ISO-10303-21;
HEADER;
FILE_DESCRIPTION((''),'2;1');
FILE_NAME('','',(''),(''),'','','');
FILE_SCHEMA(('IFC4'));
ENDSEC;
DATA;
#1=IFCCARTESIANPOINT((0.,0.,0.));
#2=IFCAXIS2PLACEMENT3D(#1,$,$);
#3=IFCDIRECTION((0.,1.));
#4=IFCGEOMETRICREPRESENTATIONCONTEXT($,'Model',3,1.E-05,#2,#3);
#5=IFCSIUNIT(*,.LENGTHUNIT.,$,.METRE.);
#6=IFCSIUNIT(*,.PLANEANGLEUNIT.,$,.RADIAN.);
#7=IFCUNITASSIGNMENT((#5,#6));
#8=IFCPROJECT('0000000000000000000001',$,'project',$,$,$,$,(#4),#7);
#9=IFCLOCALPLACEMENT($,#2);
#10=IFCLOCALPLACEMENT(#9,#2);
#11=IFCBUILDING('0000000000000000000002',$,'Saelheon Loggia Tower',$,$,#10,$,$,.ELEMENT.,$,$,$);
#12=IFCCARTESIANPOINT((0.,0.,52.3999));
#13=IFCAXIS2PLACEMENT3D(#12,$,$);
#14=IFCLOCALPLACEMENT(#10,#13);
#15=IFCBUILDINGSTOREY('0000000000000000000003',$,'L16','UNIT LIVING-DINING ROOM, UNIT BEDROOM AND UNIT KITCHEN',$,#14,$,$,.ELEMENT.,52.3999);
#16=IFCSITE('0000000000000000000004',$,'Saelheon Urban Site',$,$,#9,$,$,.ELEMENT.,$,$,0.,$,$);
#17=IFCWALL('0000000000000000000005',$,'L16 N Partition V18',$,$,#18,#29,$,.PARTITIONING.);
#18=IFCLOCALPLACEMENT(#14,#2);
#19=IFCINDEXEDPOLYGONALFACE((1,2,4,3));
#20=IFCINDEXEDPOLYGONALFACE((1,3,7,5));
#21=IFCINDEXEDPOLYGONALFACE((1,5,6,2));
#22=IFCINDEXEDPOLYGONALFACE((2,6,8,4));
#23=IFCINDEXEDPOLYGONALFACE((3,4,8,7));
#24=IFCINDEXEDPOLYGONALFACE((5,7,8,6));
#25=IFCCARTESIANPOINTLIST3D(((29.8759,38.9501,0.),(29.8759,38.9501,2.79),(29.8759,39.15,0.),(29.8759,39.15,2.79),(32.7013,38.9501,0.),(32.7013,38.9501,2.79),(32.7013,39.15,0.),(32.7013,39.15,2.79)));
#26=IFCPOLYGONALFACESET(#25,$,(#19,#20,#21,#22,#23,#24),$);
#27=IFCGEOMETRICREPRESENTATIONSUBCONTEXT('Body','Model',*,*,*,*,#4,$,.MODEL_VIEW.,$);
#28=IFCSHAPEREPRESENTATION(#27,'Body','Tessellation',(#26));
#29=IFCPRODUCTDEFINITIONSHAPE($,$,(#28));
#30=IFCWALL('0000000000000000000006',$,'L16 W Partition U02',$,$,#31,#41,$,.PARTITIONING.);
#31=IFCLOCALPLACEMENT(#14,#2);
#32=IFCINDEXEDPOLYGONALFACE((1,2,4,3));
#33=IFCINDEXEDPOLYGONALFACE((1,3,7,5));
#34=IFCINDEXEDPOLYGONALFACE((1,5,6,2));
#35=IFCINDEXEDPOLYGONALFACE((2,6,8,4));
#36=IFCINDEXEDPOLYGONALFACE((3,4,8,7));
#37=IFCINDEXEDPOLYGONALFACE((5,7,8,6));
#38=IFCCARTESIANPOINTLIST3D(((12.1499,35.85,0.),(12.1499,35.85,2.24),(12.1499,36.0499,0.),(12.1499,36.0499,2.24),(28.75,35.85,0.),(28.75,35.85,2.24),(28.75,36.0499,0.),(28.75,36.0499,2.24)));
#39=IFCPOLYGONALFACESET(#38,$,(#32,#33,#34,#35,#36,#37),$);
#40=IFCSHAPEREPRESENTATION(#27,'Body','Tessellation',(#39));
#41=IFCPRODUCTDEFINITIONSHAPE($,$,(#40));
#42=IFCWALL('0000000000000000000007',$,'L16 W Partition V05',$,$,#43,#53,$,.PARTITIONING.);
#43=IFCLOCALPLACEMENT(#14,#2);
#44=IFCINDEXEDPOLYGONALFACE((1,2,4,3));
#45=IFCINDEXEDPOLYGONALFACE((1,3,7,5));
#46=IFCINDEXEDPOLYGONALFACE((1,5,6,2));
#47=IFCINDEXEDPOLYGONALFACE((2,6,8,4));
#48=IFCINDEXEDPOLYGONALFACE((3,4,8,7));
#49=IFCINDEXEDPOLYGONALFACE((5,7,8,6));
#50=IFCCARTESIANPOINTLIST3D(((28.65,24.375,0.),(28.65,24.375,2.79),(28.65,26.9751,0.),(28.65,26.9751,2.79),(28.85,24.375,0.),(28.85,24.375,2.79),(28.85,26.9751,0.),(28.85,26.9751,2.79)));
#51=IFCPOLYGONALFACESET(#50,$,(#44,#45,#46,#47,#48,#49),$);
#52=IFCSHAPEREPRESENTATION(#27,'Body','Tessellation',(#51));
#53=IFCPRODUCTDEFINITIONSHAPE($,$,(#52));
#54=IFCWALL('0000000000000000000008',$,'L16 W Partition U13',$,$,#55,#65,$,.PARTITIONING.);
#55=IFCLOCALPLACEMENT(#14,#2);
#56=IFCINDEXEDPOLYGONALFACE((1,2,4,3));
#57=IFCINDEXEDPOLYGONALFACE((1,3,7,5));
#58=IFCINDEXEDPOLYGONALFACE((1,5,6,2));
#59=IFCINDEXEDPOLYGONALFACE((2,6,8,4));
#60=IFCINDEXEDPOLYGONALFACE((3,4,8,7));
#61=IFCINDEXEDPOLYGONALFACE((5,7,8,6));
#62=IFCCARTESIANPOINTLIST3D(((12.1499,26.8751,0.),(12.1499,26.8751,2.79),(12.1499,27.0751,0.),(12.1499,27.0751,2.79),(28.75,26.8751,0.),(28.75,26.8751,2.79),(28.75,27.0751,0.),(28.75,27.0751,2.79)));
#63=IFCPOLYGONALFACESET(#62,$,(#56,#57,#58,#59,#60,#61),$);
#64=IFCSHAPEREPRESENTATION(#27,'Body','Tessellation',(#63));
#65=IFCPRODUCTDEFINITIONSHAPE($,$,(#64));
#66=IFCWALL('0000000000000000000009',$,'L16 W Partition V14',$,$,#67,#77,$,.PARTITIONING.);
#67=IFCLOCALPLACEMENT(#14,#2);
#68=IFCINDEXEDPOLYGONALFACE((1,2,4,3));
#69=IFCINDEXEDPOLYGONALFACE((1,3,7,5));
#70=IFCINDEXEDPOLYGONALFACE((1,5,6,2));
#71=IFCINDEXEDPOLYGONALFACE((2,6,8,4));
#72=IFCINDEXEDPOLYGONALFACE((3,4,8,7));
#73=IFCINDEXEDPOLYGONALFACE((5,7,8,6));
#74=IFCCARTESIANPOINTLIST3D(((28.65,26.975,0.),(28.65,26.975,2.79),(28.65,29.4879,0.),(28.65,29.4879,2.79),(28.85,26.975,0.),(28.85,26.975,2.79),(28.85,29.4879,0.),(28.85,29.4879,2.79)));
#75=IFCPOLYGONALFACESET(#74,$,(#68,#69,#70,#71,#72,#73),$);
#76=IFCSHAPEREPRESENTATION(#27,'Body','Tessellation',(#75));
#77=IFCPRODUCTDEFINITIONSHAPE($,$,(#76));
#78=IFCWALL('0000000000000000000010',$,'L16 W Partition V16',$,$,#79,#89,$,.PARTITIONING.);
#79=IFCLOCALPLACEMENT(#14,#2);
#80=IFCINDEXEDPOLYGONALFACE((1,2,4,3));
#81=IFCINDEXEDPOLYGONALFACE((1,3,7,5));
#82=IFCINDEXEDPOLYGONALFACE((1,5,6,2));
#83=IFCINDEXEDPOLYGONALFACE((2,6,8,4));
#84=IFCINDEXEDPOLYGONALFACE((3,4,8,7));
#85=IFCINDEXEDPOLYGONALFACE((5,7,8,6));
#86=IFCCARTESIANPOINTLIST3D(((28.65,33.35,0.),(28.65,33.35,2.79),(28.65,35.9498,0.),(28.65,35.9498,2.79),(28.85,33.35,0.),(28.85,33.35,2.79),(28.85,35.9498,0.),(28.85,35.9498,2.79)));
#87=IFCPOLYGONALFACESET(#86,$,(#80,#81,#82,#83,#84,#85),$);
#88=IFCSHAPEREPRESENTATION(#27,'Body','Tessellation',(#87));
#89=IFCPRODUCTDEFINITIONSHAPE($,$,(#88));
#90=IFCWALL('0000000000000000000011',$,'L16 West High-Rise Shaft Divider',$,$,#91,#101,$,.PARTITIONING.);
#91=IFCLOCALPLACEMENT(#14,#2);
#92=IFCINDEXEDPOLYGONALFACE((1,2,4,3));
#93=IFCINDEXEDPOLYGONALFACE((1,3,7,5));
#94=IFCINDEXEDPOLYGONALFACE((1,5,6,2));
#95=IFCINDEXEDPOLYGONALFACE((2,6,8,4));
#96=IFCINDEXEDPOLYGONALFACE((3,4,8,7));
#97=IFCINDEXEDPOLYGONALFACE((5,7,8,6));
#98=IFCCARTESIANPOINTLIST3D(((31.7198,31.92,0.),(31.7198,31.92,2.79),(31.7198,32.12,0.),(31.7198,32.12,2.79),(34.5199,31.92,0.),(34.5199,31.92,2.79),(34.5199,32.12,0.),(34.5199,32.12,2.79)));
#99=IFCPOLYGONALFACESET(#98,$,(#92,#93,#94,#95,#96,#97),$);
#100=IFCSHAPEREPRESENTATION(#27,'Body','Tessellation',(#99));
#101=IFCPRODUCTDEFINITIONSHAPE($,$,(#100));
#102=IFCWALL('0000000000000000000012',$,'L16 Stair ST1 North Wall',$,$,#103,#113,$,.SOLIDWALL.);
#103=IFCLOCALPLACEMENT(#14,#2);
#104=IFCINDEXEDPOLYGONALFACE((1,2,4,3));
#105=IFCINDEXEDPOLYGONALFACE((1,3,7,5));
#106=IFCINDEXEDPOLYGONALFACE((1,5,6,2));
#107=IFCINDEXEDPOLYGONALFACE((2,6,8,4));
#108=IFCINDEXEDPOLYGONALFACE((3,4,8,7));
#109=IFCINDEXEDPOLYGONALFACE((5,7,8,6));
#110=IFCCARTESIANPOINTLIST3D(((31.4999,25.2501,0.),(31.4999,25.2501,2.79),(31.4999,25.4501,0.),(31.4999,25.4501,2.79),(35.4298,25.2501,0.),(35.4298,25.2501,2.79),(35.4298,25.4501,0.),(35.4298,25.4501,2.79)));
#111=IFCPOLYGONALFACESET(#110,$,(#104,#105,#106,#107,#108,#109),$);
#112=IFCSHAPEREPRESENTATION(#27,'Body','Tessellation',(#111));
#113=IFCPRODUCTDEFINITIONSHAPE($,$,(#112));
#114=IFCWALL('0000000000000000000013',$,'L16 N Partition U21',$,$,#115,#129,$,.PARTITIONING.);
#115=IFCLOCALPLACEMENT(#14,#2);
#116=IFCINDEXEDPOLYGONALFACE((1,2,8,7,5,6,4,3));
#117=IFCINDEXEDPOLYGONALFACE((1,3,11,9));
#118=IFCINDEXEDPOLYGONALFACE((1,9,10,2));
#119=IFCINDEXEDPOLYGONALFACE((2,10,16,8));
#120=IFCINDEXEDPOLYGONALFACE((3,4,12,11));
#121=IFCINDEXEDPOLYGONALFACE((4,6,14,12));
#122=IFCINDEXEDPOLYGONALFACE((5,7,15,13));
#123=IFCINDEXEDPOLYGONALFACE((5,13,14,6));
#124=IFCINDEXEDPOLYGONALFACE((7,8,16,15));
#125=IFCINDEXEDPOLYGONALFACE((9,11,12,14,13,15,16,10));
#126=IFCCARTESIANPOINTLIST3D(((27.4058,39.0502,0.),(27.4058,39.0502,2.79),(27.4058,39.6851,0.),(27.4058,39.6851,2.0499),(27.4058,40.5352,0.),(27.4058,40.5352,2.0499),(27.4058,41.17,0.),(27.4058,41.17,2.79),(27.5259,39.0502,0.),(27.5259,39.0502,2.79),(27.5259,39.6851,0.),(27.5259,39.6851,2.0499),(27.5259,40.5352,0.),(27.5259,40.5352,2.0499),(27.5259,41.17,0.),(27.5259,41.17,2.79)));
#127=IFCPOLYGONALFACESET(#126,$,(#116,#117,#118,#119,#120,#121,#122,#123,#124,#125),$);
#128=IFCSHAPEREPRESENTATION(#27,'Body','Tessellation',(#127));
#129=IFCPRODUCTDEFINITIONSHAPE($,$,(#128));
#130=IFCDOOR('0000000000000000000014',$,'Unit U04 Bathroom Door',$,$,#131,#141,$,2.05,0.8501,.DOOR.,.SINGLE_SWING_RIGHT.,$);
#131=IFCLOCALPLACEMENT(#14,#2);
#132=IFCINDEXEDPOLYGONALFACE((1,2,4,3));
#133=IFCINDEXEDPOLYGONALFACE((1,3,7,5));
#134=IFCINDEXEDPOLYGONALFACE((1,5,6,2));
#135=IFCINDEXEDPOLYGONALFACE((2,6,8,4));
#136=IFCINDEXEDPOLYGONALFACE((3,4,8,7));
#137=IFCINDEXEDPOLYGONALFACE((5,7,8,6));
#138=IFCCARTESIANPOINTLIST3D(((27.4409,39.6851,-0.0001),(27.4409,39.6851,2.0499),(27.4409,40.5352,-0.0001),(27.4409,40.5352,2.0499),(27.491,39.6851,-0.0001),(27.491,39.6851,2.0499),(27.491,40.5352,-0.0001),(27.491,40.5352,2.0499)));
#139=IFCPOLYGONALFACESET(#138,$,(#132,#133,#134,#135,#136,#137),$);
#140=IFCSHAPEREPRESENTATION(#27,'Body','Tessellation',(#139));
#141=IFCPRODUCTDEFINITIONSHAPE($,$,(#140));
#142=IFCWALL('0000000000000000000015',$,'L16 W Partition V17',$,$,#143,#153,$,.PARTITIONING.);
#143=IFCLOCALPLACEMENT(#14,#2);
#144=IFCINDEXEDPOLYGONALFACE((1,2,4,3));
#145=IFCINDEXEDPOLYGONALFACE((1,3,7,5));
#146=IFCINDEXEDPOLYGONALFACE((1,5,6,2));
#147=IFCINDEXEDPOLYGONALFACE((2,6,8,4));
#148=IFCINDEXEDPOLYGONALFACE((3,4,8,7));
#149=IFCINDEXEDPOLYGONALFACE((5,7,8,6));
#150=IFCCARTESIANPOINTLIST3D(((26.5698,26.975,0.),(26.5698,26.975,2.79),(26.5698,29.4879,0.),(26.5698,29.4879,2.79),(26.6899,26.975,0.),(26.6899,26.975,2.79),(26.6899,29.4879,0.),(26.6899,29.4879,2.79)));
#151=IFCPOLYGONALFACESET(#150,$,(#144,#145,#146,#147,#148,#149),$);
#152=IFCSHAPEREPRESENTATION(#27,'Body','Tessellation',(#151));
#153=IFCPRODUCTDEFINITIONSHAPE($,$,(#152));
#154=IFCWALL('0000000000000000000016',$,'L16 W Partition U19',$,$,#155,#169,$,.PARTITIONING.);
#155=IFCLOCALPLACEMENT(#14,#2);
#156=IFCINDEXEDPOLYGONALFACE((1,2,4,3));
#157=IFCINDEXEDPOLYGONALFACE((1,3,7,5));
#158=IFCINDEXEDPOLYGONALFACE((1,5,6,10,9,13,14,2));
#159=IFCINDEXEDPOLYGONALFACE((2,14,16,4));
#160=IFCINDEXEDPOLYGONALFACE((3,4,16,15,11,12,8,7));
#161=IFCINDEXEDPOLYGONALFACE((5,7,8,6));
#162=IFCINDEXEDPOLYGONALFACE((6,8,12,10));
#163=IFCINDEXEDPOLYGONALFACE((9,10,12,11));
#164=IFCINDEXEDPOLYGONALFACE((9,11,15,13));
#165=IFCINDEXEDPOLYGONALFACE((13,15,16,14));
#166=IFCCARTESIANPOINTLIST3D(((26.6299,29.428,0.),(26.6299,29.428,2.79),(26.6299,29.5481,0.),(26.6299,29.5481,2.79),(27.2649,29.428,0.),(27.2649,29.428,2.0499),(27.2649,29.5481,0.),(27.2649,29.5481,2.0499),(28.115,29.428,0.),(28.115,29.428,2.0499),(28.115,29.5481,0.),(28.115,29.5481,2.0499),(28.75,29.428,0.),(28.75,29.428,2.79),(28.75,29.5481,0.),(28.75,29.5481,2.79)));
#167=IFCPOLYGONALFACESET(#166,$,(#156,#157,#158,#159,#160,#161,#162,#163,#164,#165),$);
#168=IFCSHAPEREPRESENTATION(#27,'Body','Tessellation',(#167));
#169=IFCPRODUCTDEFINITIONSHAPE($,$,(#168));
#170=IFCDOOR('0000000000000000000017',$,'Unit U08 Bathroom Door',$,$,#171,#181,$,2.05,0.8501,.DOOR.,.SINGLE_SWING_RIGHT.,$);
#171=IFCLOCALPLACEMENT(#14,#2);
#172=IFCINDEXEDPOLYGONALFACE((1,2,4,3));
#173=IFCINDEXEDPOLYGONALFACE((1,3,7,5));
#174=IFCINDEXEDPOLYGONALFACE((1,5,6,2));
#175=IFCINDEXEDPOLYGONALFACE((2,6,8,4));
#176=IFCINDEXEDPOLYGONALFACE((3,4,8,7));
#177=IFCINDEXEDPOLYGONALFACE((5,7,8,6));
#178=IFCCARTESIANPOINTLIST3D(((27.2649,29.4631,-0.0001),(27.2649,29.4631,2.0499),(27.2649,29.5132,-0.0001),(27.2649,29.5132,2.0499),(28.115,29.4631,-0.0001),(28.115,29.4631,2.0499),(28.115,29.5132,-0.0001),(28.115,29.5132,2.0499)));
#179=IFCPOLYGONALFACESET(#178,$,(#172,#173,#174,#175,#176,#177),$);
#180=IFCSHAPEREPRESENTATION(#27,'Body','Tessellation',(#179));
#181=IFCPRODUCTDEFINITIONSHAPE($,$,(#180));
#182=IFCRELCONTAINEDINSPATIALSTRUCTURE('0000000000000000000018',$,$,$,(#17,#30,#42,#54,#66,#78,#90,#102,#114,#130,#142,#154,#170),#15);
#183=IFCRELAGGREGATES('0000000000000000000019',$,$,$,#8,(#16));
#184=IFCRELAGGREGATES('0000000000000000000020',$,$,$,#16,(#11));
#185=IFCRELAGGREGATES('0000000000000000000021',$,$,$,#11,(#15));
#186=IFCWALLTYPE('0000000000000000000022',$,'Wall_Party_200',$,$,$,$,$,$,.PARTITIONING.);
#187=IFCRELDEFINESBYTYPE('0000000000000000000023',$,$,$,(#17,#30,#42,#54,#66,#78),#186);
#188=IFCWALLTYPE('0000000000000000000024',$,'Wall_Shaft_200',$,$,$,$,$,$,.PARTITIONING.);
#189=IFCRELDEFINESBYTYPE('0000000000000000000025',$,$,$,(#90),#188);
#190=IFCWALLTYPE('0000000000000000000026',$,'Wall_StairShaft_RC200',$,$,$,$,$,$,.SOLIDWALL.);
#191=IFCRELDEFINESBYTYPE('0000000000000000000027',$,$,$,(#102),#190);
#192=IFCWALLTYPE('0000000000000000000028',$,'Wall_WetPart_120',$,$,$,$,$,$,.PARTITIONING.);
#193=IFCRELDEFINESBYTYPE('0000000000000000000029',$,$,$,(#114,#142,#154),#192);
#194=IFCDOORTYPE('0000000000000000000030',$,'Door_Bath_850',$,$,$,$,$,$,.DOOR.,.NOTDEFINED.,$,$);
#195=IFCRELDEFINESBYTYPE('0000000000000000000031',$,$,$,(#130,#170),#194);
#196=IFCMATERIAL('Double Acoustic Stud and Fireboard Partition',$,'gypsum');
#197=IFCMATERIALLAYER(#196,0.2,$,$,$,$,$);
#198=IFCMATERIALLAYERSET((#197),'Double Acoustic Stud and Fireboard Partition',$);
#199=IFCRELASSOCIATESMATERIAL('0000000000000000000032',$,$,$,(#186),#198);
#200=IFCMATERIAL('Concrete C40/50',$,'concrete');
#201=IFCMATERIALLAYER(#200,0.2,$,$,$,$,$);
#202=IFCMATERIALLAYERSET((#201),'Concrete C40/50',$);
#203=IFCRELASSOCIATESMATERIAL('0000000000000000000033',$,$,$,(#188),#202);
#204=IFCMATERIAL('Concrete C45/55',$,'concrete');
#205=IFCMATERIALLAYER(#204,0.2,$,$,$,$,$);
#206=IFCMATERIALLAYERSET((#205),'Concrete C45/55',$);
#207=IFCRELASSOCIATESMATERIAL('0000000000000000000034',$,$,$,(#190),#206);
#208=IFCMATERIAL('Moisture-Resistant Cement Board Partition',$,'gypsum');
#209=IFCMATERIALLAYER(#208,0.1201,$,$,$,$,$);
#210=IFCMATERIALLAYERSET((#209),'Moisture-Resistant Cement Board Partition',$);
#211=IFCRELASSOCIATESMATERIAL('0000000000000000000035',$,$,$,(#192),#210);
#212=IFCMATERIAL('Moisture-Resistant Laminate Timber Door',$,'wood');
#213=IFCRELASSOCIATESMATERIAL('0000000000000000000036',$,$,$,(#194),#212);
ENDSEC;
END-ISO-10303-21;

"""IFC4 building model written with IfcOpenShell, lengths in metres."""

from ifc_helpers import new_model, si_unit, direction, frame, frame_2d, origin, place, context, subcontext, project, spatial, rectangle, extrude, source, transform, mapped, material, layer, layer_set, type_object, element, fill, save


model = new_model("IFC4")

# Units and contexts
model_context = context("Model", 3, precision=1e-05, world=origin(), true_north=direction((0.0, 1.0)))
body_context = subcontext(model_context, "Body", "Model", "MODEL_VIEW")
ifc_project = project(units=[si_unit("LENGTHUNIT", "METRE"), si_unit("PLANEANGLEUNIT", "RADIAN")], contexts=[model_context])

# Site, building, storey
site_placement = place(None, origin())
site = spatial("IfcSite", under=ifc_project, at=site_placement, Name="Saelheon Urban Site", CompositionType="ELEMENT", RefElevation=0.0)
building_placement = place(site_placement, origin())
building = spatial("IfcBuilding", under=site, at=building_placement, Name="Saelheon Loggia Tower", CompositionType="ELEMENT")
storey_placement = place(building_placement, frame((0.0, 0.0, 52.3999)))
storey = spatial("IfcBuildingStorey", under=building, at=storey_placement, Name="L16", Description="UNIT LIVING-DINING ROOM, UNIT BEDROOM AND UNIT KITCHEN", CompositionType="ELEMENT", Elevation=52.3999)

# Shared definitions
ifc_material_1 = material(Name="Concrete C45/55", Category="concrete")

# Shared definitions
ifc_material_2 = material(Name="Double Acoustic Stud and Fireboard Partition", Category="gypsum")
ifc_layer_1 = layer(ifc_material_2, 0.2)
ifc_layer_set_1 = layer_set([ifc_layer_1], Name="Double Acoustic Stud and Fireboard Partition")
wall_type_1 = type_object("IfcWallType", Name="Wall_Party_200", PredefinedType="PARTITIONING", material=ifc_layer_set_1)

# Walls
wall_1_placement = place(storey_placement, frame((29.876, 39.05, 0.0), z_axis=(0.0, 0.0, 1.0), x_axis=(1.0, 0.0, 0.0)))
element("IfcWall", 1, at=wall_1_placement, inside=storey, type_object=wall_type_1, Name="L16 N Partition V18", PredefinedType="PARTITIONING", context=body_context, shape_type="SweptSolid", body=[
    extrude(rectangle(XDim=2.8254, YDim=0.2, at=frame_2d((1.4126, 0.0))), origin(), (0.0, 0.0, 1.0), 2.79),
])
wall_2_placement = place(storey_placement, frame((28.75, 35.95, 0.0), z_axis=(0.0, 0.0, 1.0), x_axis=(-1.0, 0.0, 0.0)))
element("IfcWall", 2, at=wall_2_placement, inside=storey, type_object=wall_type_1, Name="L16 W Partition U02", PredefinedType="PARTITIONING", context=body_context, shape_type="SweptSolid", body=[
    extrude(rectangle(XDim=16.6001, YDim=0.2, at=frame_2d((8.3, 0.0))), origin(), (0.0, 0.0, 1.0), 2.24),
])
wall_3_placement = place(storey_placement, frame((28.75, 24.375, 0.0), z_axis=(0.0, 0.0, 1.0), x_axis=(0.0, 1.0, 0.0)))
element("IfcWall", 3, at=wall_3_placement, inside=storey, type_object=wall_type_1, Name="L16 W Partition V05", PredefinedType="PARTITIONING", context=body_context, shape_type="SweptSolid", body=[
    extrude(rectangle(XDim=2.6001, YDim=0.2, at=frame_2d((1.3, 0.0))), origin(), (0.0, 0.0, 1.0), 2.79),
])
wall_4_placement = place(storey_placement, frame((28.75, 26.9751, 0.0), z_axis=(0.0, 0.0, 1.0), x_axis=(-1.0, 0.0, 0.0)))
element("IfcWall", 4, at=wall_4_placement, inside=storey, type_object=wall_type_1, Name="L16 W Partition U13", PredefinedType="PARTITIONING", context=body_context, shape_type="SweptSolid", body=[
    extrude(rectangle(XDim=16.6001, YDim=0.2, at=frame_2d((8.3, 0.0))), origin(), (0.0, 0.0, 1.0), 2.79),
])
wall_5_placement = place(storey_placement, frame((28.75, 26.9751, 0.0), z_axis=(0.0, 0.0, 1.0), x_axis=(0.0, 1.0, 0.0)))
element("IfcWall", 5, at=wall_5_placement, inside=storey, type_object=wall_type_1, Name="L16 W Partition V14", PredefinedType="PARTITIONING", context=body_context, shape_type="SweptSolid", body=[
    extrude(rectangle(XDim=2.5129, YDim=0.2, at=frame_2d((1.2563, 0.0))), origin(), (0.0, 0.0, 1.0), 2.79),
])

# Walls
wall_6_placement = place(storey_placement, frame((28.75, 33.3501, 0.0), z_axis=(0.0, 0.0, 1.0), x_axis=(0.0, 1.0, 0.0)))
element("IfcWall", 6, at=wall_6_placement, inside=storey, type_object=wall_type_1, Name="L16 W Partition V16", PredefinedType="PARTITIONING", context=body_context, shape_type="SweptSolid", body=[
    extrude(rectangle(XDim=2.5999, YDim=0.2, at=frame_2d((1.2998, 0.0))), origin(), (0.0, 0.0, 1.0), 2.79),
])
ifc_material_3 = material(Name="Concrete C40/50", Category="concrete")
ifc_layer_2 = layer(ifc_material_3, 0.2)
ifc_layer_set_2 = layer_set([ifc_layer_2], Name="Concrete C40/50")
wall_type_2 = type_object("IfcWallType", Name="Wall_Shaft_200", PredefinedType="PARTITIONING", material=ifc_layer_set_2)
wall_7_placement = place(storey_placement, frame((31.72, 32.02, 0.0), z_axis=(0.0, 0.0, 1.0), x_axis=(1.0, 0.0, 0.0)))
element("IfcWall", 7, at=wall_7_placement, inside=storey, type_object=wall_type_2, Name="L16 West High-Rise Shaft Divider", PredefinedType="PARTITIONING", context=body_context, shape_type="SweptSolid", body=[
    extrude(rectangle(XDim=2.8, YDim=0.2, at=frame_2d((1.3999, 0.0))), origin(), (0.0, 0.0, 1.0), 2.79),
])
ifc_layer_3 = layer(ifc_material_1, 0.2)
ifc_layer_set_3 = layer_set([ifc_layer_3], Name="Concrete C45/55")
wall_type_3 = type_object("IfcWallType", Name="Wall_StairShaft_RC200", PredefinedType="SOLIDWALL", material=ifc_layer_set_3)
wall_8_placement = place(storey_placement, frame((31.5, 25.3501, 0.0), z_axis=(0.0, 0.0, 1.0), x_axis=(1.0, 0.0, 0.0)))
element("IfcWall", 8, at=wall_8_placement, inside=storey, type_object=wall_type_3, Name="L16 Stair ST1 North Wall", PredefinedType="SOLIDWALL", context=body_context, shape_type="SweptSolid", body=[
    extrude(rectangle(XDim=3.9299, YDim=0.2, at=frame_2d((1.9648, 0.0))), origin(), (0.0, 0.0, 1.0), 2.79),
])

# Wall, opening, door
ifc_material_4 = material(Name="Moisture-Resistant Cement Board Partition", Category="gypsum")
ifc_layer_4 = layer(ifc_material_4, 0.1201)
ifc_layer_set_4 = layer_set([ifc_layer_4], Name="Moisture-Resistant Cement Board Partition")
wall_type_4 = type_object("IfcWallType", Name="Wall_WetPart_120", PredefinedType="PARTITIONING", material=ifc_layer_set_4)
wall_9_placement = place(storey_placement, frame((27.4658, 39.05, 0.0), z_axis=(0.0, 0.0, 1.0), x_axis=(0.0, 1.0, 0.0)))
wall_9 = element("IfcWall", 9, at=wall_9_placement, inside=storey, type_object=wall_type_4, Name="L16 N Partition U21", PredefinedType="PARTITIONING", context=body_context, shape_type="SweptSolid", body=[
    extrude(rectangle(XDim=2.1199, YDim=0.1201, at=frame_2d((1.0601, 0.0))), origin(), (0.0, 0.0, 1.0), 2.79),
])
opening_1_placement = place(wall_9_placement, frame((0.635, 0.0, 0.0)))
opening_1 = element("IfcOpeningElement", 10, at=opening_1_placement, cuts=wall_9, PredefinedType="OPENING", context=body_context, shape_type="SweptSolid", body=[
    extrude(rectangle(XDim=0.8501, YDim=2.05, at=frame_2d((0.425, 1.0249))), frame((0.0, 0.072, 0.0), z_axis=(0.0, -1.0, 0.0), x_axis=(1.0, 0.0, 0.0)), (0.0, 0.0, 1.0), 0.144),
])
ifc_material_5 = material(Name="Moisture-Resistant Laminate Timber Door", Category="wood")
door_type_1 = type_object("IfcDoorType", Name="Door_Bath_850", OperationType="NOTDEFINED", PredefinedType="DOOR", material=ifc_material_5)
shared_shape_1 = source(origin(), body_context, "Body", "SweptSolid", [
    extrude(rectangle(XDim=0.8501, YDim=2.05, at=frame_2d((0.425, 1.0249))), frame((0.0, 0.0249, 0.0), z_axis=(0.0, -1.0, 0.0), x_axis=(1.0, 0.0, 0.0)), (0.0, 0.0, 1.0), 0.05),
])
door_1_placement = place(opening_1_placement, origin())
door_1 = element("IfcDoor", 11, at=door_1_placement, inside=storey, type_object=door_type_1, Name="Unit U04 Bathroom Door", OperationType="SINGLE_SWING_RIGHT", OverallHeight=2.05, OverallWidth=0.8501, PredefinedType="DOOR", context=body_context, shape_type="MappedRepresentation", body=[
    mapped(shared_shape_1, transform((0.0, 0.0, 0.0), scale=1.0)),
])
fill(opening_1, door_1)

# Wall
wall_10_placement = place(storey_placement, frame((26.6299, 26.9751, 0.0), z_axis=(0.0, 0.0, 1.0), x_axis=(0.0, 1.0, 0.0)))
element("IfcWall", 12, at=wall_10_placement, inside=storey, type_object=wall_type_4, Name="L16 W Partition V17", PredefinedType="PARTITIONING", context=body_context, shape_type="SweptSolid", body=[
    extrude(rectangle(XDim=2.5129, YDim=0.1201, at=frame_2d((1.2563, 0.0))), origin(), (0.0, 0.0, 1.0), 2.79),
])

# Wall, opening, door
wall_11_placement = place(storey_placement, frame((28.75, 29.488, 0.0), z_axis=(0.0, 0.0, 1.0), x_axis=(-1.0, 0.0, 0.0)))
wall_11 = element("IfcWall", 13, at=wall_11_placement, inside=storey, type_object=wall_type_4, Name="L16 W Partition U19", PredefinedType="PARTITIONING", context=body_context, shape_type="SweptSolid", body=[
    extrude(rectangle(XDim=2.1201, YDim=0.1201, at=frame_2d((1.0601, 0.0))), origin(), (0.0, 0.0, 1.0), 2.79),
])
opening_2_placement = place(wall_11_placement, frame((0.635, 0.0, 0.0)))
opening_2 = element("IfcOpeningElement", 14, at=opening_2_placement, cuts=wall_11, PredefinedType="OPENING", context=body_context, shape_type="SweptSolid", body=[
    extrude(rectangle(XDim=0.8501, YDim=2.05, at=frame_2d((0.425, 1.0249))), frame((0.0, 0.072, 0.0), z_axis=(0.0, -1.0, 0.0), x_axis=(1.0, 0.0, 0.0)), (0.0, 0.0, 1.0), 0.144),
])
door_2_placement = place(opening_2_placement, origin())
door_2 = element("IfcDoor", 15, at=door_2_placement, inside=storey, type_object=door_type_1, Name="Unit U08 Bathroom Door", OperationType="SINGLE_SWING_RIGHT", OverallHeight=2.05, OverallWidth=0.8501, PredefinedType="DOOR", context=body_context, shape_type="MappedRepresentation", body=[
    mapped(shared_shape_1, transform((0.0, 0.0, 0.0), scale=1.0)),
])
fill(opening_2, door_2)

save(model, "model.ifc")
